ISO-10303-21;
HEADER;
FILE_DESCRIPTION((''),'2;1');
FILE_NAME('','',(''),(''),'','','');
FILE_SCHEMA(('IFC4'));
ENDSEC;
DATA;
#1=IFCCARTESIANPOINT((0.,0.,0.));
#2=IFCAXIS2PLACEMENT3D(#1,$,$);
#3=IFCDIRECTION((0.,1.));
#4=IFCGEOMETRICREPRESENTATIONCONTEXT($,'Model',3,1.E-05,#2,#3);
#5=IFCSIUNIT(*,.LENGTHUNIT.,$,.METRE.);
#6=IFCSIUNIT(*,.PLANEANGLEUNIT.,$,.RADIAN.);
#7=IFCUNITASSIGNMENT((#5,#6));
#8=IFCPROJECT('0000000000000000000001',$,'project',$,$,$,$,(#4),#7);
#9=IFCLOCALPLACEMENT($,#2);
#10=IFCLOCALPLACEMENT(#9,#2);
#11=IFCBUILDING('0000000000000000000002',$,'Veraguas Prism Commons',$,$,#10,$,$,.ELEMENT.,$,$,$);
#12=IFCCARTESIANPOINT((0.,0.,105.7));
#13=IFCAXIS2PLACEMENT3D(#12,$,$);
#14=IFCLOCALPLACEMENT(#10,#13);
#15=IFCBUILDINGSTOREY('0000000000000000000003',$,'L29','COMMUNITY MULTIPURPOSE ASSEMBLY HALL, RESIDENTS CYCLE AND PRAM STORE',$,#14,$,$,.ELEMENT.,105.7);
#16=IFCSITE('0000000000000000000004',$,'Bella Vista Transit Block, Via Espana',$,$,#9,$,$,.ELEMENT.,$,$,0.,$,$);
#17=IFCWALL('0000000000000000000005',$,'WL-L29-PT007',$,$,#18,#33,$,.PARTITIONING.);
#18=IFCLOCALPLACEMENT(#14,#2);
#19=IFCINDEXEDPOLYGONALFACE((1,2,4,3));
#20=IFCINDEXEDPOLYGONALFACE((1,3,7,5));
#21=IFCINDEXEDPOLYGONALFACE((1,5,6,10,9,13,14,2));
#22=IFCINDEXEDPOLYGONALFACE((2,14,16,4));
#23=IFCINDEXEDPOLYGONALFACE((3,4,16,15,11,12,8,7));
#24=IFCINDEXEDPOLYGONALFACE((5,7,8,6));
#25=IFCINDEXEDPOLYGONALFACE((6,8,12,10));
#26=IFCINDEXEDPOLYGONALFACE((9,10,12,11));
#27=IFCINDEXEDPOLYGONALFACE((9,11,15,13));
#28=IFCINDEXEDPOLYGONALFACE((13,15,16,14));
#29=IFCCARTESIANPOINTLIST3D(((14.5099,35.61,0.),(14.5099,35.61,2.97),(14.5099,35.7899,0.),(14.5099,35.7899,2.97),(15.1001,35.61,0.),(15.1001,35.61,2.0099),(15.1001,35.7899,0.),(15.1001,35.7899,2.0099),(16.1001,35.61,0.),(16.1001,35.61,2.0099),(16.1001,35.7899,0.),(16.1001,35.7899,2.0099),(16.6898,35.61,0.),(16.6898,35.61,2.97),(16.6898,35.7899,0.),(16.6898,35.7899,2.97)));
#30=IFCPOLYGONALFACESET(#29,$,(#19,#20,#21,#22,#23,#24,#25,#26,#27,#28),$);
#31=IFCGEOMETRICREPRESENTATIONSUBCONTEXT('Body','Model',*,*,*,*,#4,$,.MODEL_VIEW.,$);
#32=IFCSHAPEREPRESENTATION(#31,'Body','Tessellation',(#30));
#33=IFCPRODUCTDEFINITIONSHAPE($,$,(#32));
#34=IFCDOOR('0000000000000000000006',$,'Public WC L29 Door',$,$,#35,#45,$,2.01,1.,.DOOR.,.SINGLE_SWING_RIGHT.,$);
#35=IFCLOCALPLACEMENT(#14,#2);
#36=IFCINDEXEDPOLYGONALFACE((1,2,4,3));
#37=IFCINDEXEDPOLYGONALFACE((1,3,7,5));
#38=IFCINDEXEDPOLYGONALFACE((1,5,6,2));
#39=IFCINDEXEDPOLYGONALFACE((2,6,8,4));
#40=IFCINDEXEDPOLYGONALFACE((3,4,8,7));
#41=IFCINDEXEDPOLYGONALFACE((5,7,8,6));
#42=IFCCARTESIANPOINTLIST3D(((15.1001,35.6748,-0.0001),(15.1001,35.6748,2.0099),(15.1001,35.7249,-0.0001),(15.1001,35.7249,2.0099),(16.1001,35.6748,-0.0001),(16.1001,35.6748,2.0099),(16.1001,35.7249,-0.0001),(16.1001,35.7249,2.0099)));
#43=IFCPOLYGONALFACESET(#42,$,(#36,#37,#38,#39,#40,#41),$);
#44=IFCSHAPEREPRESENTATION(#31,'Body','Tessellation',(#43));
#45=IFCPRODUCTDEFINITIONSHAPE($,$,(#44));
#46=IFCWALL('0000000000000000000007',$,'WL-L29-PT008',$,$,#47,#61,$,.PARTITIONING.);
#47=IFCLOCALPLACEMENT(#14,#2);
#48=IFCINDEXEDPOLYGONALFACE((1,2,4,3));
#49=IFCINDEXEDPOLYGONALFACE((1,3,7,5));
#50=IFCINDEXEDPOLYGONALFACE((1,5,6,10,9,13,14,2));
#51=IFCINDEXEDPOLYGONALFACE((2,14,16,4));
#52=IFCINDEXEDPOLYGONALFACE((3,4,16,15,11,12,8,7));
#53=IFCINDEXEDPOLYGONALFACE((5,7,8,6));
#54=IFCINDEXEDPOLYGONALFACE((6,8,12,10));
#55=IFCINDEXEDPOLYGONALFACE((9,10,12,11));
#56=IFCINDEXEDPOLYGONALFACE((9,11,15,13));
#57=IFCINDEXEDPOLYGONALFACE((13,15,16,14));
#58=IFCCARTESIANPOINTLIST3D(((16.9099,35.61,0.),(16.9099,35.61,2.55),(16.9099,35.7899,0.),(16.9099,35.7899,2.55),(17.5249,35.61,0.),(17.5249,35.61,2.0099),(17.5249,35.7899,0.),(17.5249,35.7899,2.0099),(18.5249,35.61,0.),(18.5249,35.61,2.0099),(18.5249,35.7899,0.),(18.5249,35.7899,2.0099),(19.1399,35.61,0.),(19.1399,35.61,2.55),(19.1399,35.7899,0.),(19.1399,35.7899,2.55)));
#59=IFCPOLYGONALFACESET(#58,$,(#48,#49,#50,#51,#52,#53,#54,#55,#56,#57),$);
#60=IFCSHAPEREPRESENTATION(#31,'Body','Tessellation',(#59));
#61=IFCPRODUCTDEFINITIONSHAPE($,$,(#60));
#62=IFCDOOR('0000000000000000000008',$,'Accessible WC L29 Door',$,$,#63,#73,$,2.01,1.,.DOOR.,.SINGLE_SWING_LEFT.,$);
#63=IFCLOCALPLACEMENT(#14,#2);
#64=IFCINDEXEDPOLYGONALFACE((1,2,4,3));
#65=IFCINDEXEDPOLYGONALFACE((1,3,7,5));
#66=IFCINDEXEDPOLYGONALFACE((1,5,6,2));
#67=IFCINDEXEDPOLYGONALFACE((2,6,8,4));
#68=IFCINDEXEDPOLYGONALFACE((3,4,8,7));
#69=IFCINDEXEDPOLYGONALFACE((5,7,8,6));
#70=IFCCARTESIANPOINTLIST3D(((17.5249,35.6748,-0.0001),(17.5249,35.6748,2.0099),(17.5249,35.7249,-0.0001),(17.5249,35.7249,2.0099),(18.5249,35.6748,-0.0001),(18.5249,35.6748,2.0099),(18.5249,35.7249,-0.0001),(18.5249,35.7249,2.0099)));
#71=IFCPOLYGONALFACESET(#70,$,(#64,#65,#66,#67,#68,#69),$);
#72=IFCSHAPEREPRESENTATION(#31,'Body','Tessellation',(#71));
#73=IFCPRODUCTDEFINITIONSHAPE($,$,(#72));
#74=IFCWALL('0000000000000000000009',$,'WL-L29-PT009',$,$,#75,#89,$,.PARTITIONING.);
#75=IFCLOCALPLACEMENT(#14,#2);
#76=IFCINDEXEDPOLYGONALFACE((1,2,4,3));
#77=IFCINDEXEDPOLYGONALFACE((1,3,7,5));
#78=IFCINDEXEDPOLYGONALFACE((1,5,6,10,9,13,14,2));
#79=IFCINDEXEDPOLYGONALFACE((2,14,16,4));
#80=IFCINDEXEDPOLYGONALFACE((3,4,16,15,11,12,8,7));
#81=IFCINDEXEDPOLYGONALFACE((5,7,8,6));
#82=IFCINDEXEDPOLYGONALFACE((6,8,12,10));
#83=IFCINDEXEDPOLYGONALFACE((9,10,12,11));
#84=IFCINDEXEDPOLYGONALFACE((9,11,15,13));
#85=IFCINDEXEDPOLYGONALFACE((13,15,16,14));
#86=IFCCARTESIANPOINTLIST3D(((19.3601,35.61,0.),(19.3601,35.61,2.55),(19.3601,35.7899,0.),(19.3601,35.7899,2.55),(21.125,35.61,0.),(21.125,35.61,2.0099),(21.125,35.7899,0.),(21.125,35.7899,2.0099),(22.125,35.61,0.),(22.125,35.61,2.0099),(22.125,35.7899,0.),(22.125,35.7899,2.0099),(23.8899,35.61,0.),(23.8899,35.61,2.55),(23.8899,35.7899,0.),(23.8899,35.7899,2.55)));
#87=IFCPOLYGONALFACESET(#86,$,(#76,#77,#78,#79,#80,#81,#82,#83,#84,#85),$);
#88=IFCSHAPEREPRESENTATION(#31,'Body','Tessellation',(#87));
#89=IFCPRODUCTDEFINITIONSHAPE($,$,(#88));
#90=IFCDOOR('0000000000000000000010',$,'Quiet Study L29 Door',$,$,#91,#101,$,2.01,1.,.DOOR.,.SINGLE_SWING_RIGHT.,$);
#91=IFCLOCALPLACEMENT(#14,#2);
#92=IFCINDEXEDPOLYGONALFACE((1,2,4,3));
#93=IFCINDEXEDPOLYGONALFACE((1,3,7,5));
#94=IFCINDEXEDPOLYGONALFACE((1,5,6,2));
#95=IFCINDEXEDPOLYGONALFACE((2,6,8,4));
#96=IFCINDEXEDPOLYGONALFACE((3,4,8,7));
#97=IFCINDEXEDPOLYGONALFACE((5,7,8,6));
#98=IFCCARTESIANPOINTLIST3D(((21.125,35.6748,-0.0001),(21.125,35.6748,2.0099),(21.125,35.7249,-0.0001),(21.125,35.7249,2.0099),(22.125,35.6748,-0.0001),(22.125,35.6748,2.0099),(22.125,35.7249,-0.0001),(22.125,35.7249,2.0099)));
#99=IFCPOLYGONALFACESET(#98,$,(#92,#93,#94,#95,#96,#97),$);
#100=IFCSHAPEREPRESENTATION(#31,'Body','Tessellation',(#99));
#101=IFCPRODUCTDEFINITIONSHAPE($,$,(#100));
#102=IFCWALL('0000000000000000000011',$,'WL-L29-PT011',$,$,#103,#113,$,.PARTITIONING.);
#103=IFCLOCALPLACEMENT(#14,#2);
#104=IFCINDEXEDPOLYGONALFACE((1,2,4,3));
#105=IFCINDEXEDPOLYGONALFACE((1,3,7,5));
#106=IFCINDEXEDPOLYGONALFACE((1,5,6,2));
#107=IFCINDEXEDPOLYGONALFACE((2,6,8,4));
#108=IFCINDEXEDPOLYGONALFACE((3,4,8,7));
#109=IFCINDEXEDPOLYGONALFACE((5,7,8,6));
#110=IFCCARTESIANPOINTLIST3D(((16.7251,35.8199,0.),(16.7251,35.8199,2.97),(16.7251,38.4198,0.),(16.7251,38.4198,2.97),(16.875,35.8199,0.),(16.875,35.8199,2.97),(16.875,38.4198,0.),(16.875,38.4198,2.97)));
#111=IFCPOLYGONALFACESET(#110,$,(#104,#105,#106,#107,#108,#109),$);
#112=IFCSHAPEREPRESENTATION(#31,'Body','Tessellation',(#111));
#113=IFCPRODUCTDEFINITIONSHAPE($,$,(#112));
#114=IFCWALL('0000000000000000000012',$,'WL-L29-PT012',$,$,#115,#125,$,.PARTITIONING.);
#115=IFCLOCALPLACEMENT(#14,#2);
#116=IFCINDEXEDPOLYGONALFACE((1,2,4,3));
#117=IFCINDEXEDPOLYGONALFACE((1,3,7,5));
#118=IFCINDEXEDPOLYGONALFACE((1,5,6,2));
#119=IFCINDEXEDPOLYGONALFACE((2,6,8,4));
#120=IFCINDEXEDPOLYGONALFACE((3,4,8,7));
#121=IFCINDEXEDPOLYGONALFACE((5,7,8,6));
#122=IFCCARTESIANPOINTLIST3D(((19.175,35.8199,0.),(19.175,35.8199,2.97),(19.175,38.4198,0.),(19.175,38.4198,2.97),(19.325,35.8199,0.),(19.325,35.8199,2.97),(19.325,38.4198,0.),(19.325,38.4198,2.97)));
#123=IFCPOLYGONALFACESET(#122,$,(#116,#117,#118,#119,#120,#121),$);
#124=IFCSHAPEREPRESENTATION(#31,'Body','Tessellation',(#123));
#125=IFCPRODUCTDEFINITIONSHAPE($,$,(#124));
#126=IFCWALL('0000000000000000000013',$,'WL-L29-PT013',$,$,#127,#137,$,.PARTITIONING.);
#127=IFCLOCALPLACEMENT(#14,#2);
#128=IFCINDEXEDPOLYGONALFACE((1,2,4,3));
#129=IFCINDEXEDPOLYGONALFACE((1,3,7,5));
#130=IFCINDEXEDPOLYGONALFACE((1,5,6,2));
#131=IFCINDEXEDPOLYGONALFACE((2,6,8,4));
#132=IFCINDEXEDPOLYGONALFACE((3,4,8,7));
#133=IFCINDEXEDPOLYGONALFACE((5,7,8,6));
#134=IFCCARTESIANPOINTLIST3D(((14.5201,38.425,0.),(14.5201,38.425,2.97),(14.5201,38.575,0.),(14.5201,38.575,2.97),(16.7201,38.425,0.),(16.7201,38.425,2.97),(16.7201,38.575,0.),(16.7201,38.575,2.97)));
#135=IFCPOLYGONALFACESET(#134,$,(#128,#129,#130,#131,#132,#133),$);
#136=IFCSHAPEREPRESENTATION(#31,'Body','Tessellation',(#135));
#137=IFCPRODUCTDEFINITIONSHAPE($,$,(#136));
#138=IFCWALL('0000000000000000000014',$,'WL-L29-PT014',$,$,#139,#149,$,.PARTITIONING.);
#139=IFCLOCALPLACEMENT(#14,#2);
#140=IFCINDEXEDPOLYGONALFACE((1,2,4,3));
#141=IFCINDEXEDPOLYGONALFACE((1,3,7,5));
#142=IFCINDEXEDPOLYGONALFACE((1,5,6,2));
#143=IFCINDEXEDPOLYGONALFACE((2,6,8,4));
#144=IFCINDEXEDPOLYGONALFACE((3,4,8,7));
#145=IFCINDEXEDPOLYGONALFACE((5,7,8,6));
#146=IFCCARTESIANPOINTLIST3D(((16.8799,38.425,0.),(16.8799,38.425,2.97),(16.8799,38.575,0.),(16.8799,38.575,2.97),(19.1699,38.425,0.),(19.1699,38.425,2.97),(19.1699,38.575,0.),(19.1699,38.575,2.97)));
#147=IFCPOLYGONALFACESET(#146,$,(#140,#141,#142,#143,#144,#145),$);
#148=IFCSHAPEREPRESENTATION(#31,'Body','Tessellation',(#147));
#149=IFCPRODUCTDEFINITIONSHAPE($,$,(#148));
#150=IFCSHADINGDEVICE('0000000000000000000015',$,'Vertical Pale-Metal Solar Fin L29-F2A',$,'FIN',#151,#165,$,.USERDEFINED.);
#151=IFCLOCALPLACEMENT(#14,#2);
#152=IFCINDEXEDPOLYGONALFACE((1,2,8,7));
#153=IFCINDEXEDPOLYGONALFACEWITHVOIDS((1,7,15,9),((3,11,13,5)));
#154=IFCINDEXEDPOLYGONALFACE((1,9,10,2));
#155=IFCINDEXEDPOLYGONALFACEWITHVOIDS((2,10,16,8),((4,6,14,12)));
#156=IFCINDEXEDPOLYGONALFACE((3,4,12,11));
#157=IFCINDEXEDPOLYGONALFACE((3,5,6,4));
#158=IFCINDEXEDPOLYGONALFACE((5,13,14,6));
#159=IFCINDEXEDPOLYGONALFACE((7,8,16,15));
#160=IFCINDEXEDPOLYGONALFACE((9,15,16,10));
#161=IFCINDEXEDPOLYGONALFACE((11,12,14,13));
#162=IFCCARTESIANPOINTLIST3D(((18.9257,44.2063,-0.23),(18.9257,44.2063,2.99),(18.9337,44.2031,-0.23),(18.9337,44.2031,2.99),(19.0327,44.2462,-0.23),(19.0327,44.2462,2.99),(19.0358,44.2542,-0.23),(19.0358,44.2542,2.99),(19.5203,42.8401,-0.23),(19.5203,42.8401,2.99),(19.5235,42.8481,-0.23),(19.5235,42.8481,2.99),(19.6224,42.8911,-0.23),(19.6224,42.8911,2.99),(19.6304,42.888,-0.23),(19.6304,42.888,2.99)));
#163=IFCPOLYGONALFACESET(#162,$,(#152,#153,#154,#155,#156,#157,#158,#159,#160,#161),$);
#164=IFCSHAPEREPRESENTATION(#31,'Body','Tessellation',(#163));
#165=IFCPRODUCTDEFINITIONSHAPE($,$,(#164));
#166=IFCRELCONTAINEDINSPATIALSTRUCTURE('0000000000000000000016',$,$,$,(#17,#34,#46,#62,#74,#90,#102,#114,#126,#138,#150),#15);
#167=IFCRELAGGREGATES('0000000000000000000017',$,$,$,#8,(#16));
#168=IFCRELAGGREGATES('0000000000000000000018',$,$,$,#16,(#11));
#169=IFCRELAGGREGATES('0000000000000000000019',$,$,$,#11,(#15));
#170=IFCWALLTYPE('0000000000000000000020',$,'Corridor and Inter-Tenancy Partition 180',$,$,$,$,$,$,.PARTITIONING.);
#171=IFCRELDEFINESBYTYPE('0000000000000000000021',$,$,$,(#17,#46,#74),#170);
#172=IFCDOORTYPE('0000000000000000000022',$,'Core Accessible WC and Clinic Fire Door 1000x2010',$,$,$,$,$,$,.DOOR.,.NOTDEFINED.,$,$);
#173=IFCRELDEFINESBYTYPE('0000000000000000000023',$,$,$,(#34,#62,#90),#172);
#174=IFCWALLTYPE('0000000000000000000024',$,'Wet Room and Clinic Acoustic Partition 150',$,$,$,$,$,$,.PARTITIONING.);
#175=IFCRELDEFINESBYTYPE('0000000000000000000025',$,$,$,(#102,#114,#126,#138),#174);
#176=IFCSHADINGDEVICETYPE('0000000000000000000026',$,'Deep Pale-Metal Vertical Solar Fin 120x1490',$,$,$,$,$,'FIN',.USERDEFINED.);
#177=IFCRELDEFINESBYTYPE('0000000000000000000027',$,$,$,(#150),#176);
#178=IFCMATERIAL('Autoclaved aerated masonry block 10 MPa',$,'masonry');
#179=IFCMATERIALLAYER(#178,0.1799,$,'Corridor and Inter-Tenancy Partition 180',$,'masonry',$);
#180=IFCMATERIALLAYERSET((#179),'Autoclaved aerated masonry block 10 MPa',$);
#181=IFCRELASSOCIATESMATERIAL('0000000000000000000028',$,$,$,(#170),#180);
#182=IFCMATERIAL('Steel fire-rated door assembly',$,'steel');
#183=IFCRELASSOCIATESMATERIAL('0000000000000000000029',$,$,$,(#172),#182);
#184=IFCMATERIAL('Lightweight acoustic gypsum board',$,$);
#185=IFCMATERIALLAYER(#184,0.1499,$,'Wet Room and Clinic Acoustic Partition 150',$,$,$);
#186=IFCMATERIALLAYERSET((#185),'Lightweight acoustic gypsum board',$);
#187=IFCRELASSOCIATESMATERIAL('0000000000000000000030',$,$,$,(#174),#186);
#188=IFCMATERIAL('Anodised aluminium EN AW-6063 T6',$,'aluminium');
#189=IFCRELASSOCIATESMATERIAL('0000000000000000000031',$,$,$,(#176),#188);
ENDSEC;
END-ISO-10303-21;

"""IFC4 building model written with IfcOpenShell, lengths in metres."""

from ifc_helpers import new_model, si_unit, direction, frame, frame_2d, origin, origin_2d, place, context, subcontext, project, spatial, rectangle, hollow_rectangle, extrude, source, transform, mapped, material, layer, layer_set, material_profile, profile_set, type_object, element, fill, save


model = new_model("IFC4")

# Units and contexts
model_context = context("Model", 3, precision=1e-05, world=origin(), true_north=direction((0.0, 1.0)))
body_context = subcontext(model_context, "Body", "Model", "MODEL_VIEW")
ifc_project = project(units=[si_unit("LENGTHUNIT", "METRE"), si_unit("PLANEANGLEUNIT", "RADIAN")], contexts=[model_context])

# Site, building, storey
site_placement = place(None, origin())
site = spatial("IfcSite", under=ifc_project, at=site_placement, Name="Bella Vista Transit Block, Via Espana", CompositionType="ELEMENT", RefElevation=0.0)
building_placement = place(site_placement, origin())
building = spatial("IfcBuilding", under=site, at=building_placement, Name="Veraguas Prism Commons", CompositionType="ELEMENT")
storey_placement = place(building_placement, frame((0.0, 0.0, 105.7)))
storey = spatial("IfcBuildingStorey", under=building, at=storey_placement, Name="L29", Description="COMMUNITY MULTIPURPOSE ASSEMBLY HALL, RESIDENTS CYCLE AND PRAM STORE", CompositionType="ELEMENT", Elevation=105.7)

# Shared definitions
ifc_material_1 = material(Name="Anodised aluminium EN AW-6063 T6", Category="aluminium")

# Shared definitions
ifc_material_2 = material(Name="Autoclaved aerated masonry block 10 MPa", Category="masonry")
ifc_layer_1 = layer(ifc_material_2, 0.1799, Name="Corridor and Inter-Tenancy Partition 180", Category="masonry")
ifc_layer_set_1 = layer_set([ifc_layer_1], Name="Autoclaved aerated masonry block 10 MPa")
wall_type_1 = type_object("IfcWallType", Name="Corridor and Inter-Tenancy Partition 180", PredefinedType="PARTITIONING", material=ifc_layer_set_1)

# Walls, openings, doors
wall_1_placement = place(storey_placement, frame((14.51, 35.7, 0.0), z_axis=(0.0, 0.0, 1.0), x_axis=(1.0, 0.0, 0.0)))
wall_1 = element("IfcWall", 1, at=wall_1_placement, inside=storey, type_object=wall_type_1, Name="WL-L29-PT007", PredefinedType="PARTITIONING", context=body_context, shape_type="SweptSolid", body=[
    extrude(rectangle(XDim=2.1799, YDim=0.1799, at=frame_2d((1.0898, 0.0))), origin(), (0.0, 0.0, 1.0), 2.97),
])
opening_1_placement = place(wall_1_placement, frame((0.5901, 0.0, 0.0)))
opening_1 = element("IfcOpeningElement", 2, at=opening_1_placement, cuts=wall_1, PredefinedType="OPENING", context=body_context, shape_type="SweptSolid", body=[
    extrude(rectangle(XDim=1.0, YDim=2.01, at=frame_2d((0.5, 1.0049))), frame((0.0, 0.0999, 0.0), z_axis=(0.0, -1.0, 0.0), x_axis=(1.0, 0.0, 0.0)), (0.0, 0.0, 1.0), 0.2),
])
ifc_material_3 = material(Name="Steel fire-rated door assembly", Category="steel")
door_type = type_object("IfcDoorType", Name="Core Accessible WC and Clinic Fire Door 1000x2010", OperationType="NOTDEFINED", PredefinedType="DOOR", material=ifc_material_3)
shared_shape_1 = source(origin(), body_context, "Body", "SweptSolid", [
    extrude(rectangle(XDim=1.0, YDim=2.01, at=frame_2d((0.5, 1.0049))), frame((0.0, 0.0249, 0.0), z_axis=(0.0, -1.0, 0.0), x_axis=(1.0, 0.0, 0.0)), (0.0, 0.0, 1.0), 0.05),
])
door_1_placement = place(opening_1_placement, origin())
door_1 = element("IfcDoor", 3, at=door_1_placement, inside=storey, type_object=door_type, Name="Public WC L29 Door", OperationType="SINGLE_SWING_RIGHT", OverallHeight=2.01, OverallWidth=1.0, PredefinedType="DOOR", context=body_context, shape_type="MappedRepresentation", body=[
    mapped(shared_shape_1, transform((0.0, 0.0, 0.0), scale=1.0)),
])
fill(opening_1, door_1)
wall_2_placement = place(storey_placement, frame((16.9099, 35.7, 0.0), z_axis=(0.0, 0.0, 1.0), x_axis=(1.0, 0.0, 0.0)))
wall_2 = element("IfcWall", 4, at=wall_2_placement, inside=storey, type_object=wall_type_1, Name="WL-L29-PT008", PredefinedType="PARTITIONING", context=body_context, shape_type="SweptSolid", body=[
    extrude(rectangle(XDim=2.23, YDim=0.1799, at=frame_2d((1.115, 0.0))), origin(), (0.0, 0.0, 1.0), 2.55),
])
opening_2_placement = place(wall_2_placement, frame((0.615, 0.0, 0.0)))
opening_2 = element("IfcOpeningElement", 5, at=opening_2_placement, cuts=wall_2, PredefinedType="OPENING", context=body_context, shape_type="SweptSolid", body=[
    extrude(rectangle(XDim=1.0, YDim=2.01, at=frame_2d((0.5, 1.0049))), frame((0.0, 0.0999, 0.0), z_axis=(0.0, -1.0, 0.0), x_axis=(1.0, 0.0, 0.0)), (0.0, 0.0, 1.0), 0.2),
])
door_2_placement = place(opening_2_placement, origin())
door_2 = element("IfcDoor", 6, at=door_2_placement, inside=storey, type_object=door_type, Name="Accessible WC L29 Door", OperationType="SINGLE_SWING_LEFT", OverallHeight=2.01, OverallWidth=1.0, PredefinedType="DOOR", context=body_context, shape_type="MappedRepresentation", body=[
    mapped(shared_shape_1, transform((0.0, 0.0, 0.0), scale=1.0)),
])
fill(opening_2, door_2)
wall_3_placement = place(storey_placement, frame((19.3601, 35.7, 0.0), z_axis=(0.0, 0.0, 1.0), x_axis=(1.0, 0.0, 0.0)))
wall_3 = element("IfcWall", 7, at=wall_3_placement, inside=storey, type_object=wall_type_1, Name="WL-L29-PT009", PredefinedType="PARTITIONING", context=body_context, shape_type="SweptSolid", body=[
    extrude(rectangle(XDim=4.5298, YDim=0.1799, at=frame_2d((2.2649, 0.0))), origin(), (0.0, 0.0, 1.0), 2.55),
])
opening_3_placement = place(wall_3_placement, frame((1.7649, 0.0, 0.0)))
opening_3 = element("IfcOpeningElement", 8, at=opening_3_placement, cuts=wall_3, PredefinedType="OPENING", context=body_context, shape_type="SweptSolid", body=[
    extrude(rectangle(XDim=1.0, YDim=2.01, at=frame_2d((0.5, 1.0049))), frame((0.0, 0.0999, 0.0), z_axis=(0.0, -1.0, 0.0), x_axis=(1.0, 0.0, 0.0)), (0.0, 0.0, 1.0), 0.2),
])
door_3_placement = place(opening_3_placement, origin())
door_3 = element("IfcDoor", 9, at=door_3_placement, inside=storey, type_object=door_type, Name="Quiet Study L29 Door", OperationType="SINGLE_SWING_RIGHT", OverallHeight=2.01, OverallWidth=1.0, PredefinedType="DOOR", context=body_context, shape_type="MappedRepresentation", body=[
    mapped(shared_shape_1, transform((0.0, 0.0, 0.0), scale=1.0)),
])
fill(opening_3, door_3)

# Walls
ifc_material_4 = material(Name="Lightweight acoustic gypsum board")
ifc_layer_2 = layer(ifc_material_4, 0.1499, Name="Wet Room and Clinic Acoustic Partition 150")
ifc_layer_set_2 = layer_set([ifc_layer_2], Name="Lightweight acoustic gypsum board")
wall_type_2 = type_object("IfcWallType", Name="Wet Room and Clinic Acoustic Partition 150", PredefinedType="PARTITIONING", material=ifc_layer_set_2)
for number, where, z_axis, x_axis, name in (
    (10, (16.8, 35.8201, 0.0), (0.0, 0.0, 1.0), (0.0, 1.0, 0.0), "WL-L29-PT011"),
    (11, (19.25, 35.8201, 0.0), (0.0, 0.0, 1.0), (0.0, 1.0, 0.0), "WL-L29-PT012"),
):
    element("IfcWall", number, at=place(storey_placement, frame(where, z_axis=z_axis, x_axis=x_axis)), inside=storey, type_object=wall_type_2, Name=name, PredefinedType="PARTITIONING", context=body_context, shape_type="SweptSolid", body=[
        extrude(rectangle(XDim=2.5999, YDim=0.1499, at=frame_2d((1.2998, 0.0))), origin(), (0.0, 0.0, 1.0), 2.97),
    ])
wall_4_placement = place(storey_placement, frame((14.52, 38.5, 0.0), z_axis=(0.0, 0.0, 1.0), x_axis=(1.0, 0.0, 0.0)))
element("IfcWall", 12, at=wall_4_placement, inside=storey, type_object=wall_type_2, Name="WL-L29-PT013", PredefinedType="PARTITIONING", context=body_context, shape_type="SweptSolid", body=[
    extrude(rectangle(XDim=2.2, YDim=0.1499, at=frame_2d((1.1001, 0.0))), origin(), (0.0, 0.0, 1.0), 2.97),
])
wall_5_placement = place(storey_placement, frame((16.8799, 38.5, 0.0), z_axis=(0.0, 0.0, 1.0), x_axis=(1.0, 0.0, 0.0)))
element("IfcWall", 13, at=wall_5_placement, inside=storey, type_object=wall_type_2, Name="WL-L29-PT014", PredefinedType="PARTITIONING", context=body_context, shape_type="SweptSolid", body=[
    extrude(rectangle(XDim=2.29, YDim=0.1499, at=frame_2d((1.145, 0.0))), origin(), (0.0, 0.0, 1.0), 2.97),
])

# Shading device
ifc_material_profile_1 = material_profile(ifc_material_1, hollow_rectangle(XDim=0.1201, YDim=1.49, WallThickness=0.0061, at=origin_2d()), Name="FIN120X1490X6")
ifc_profile_set_1 = profile_set([ifc_material_profile_1], Name="Anodised aluminium EN AW-6063 T6")
shading_device_type = type_object("IfcShadingDeviceType", Name="Deep Pale-Metal Vertical Solar Fin 120x1490", ElementType="FIN", PredefinedType="USERDEFINED", material=ifc_profile_set_1)
shading_device_placement = place(storey_placement, frame((19.2781, 43.5471, -0.23), z_axis=(0.0, 0.0, 1.0), x_axis=(-0.916921, -0.399069, 0.0)))
element("IfcShadingDevice", 14, at=shading_device_placement, inside=storey, type_object=shading_device_type, Name="Vertical Pale-Metal Solar Fin L29-F2A", ObjectType="FIN", PredefinedType="USERDEFINED", context=body_context, shape_type="SweptSolid", body=[
    extrude(hollow_rectangle(XDim=0.1201, YDim=1.49, WallThickness=0.0061, at=origin_2d()), origin(), (0.0, 0.0, 1.0), 3.22),
])

save(model, "model.ifc")
